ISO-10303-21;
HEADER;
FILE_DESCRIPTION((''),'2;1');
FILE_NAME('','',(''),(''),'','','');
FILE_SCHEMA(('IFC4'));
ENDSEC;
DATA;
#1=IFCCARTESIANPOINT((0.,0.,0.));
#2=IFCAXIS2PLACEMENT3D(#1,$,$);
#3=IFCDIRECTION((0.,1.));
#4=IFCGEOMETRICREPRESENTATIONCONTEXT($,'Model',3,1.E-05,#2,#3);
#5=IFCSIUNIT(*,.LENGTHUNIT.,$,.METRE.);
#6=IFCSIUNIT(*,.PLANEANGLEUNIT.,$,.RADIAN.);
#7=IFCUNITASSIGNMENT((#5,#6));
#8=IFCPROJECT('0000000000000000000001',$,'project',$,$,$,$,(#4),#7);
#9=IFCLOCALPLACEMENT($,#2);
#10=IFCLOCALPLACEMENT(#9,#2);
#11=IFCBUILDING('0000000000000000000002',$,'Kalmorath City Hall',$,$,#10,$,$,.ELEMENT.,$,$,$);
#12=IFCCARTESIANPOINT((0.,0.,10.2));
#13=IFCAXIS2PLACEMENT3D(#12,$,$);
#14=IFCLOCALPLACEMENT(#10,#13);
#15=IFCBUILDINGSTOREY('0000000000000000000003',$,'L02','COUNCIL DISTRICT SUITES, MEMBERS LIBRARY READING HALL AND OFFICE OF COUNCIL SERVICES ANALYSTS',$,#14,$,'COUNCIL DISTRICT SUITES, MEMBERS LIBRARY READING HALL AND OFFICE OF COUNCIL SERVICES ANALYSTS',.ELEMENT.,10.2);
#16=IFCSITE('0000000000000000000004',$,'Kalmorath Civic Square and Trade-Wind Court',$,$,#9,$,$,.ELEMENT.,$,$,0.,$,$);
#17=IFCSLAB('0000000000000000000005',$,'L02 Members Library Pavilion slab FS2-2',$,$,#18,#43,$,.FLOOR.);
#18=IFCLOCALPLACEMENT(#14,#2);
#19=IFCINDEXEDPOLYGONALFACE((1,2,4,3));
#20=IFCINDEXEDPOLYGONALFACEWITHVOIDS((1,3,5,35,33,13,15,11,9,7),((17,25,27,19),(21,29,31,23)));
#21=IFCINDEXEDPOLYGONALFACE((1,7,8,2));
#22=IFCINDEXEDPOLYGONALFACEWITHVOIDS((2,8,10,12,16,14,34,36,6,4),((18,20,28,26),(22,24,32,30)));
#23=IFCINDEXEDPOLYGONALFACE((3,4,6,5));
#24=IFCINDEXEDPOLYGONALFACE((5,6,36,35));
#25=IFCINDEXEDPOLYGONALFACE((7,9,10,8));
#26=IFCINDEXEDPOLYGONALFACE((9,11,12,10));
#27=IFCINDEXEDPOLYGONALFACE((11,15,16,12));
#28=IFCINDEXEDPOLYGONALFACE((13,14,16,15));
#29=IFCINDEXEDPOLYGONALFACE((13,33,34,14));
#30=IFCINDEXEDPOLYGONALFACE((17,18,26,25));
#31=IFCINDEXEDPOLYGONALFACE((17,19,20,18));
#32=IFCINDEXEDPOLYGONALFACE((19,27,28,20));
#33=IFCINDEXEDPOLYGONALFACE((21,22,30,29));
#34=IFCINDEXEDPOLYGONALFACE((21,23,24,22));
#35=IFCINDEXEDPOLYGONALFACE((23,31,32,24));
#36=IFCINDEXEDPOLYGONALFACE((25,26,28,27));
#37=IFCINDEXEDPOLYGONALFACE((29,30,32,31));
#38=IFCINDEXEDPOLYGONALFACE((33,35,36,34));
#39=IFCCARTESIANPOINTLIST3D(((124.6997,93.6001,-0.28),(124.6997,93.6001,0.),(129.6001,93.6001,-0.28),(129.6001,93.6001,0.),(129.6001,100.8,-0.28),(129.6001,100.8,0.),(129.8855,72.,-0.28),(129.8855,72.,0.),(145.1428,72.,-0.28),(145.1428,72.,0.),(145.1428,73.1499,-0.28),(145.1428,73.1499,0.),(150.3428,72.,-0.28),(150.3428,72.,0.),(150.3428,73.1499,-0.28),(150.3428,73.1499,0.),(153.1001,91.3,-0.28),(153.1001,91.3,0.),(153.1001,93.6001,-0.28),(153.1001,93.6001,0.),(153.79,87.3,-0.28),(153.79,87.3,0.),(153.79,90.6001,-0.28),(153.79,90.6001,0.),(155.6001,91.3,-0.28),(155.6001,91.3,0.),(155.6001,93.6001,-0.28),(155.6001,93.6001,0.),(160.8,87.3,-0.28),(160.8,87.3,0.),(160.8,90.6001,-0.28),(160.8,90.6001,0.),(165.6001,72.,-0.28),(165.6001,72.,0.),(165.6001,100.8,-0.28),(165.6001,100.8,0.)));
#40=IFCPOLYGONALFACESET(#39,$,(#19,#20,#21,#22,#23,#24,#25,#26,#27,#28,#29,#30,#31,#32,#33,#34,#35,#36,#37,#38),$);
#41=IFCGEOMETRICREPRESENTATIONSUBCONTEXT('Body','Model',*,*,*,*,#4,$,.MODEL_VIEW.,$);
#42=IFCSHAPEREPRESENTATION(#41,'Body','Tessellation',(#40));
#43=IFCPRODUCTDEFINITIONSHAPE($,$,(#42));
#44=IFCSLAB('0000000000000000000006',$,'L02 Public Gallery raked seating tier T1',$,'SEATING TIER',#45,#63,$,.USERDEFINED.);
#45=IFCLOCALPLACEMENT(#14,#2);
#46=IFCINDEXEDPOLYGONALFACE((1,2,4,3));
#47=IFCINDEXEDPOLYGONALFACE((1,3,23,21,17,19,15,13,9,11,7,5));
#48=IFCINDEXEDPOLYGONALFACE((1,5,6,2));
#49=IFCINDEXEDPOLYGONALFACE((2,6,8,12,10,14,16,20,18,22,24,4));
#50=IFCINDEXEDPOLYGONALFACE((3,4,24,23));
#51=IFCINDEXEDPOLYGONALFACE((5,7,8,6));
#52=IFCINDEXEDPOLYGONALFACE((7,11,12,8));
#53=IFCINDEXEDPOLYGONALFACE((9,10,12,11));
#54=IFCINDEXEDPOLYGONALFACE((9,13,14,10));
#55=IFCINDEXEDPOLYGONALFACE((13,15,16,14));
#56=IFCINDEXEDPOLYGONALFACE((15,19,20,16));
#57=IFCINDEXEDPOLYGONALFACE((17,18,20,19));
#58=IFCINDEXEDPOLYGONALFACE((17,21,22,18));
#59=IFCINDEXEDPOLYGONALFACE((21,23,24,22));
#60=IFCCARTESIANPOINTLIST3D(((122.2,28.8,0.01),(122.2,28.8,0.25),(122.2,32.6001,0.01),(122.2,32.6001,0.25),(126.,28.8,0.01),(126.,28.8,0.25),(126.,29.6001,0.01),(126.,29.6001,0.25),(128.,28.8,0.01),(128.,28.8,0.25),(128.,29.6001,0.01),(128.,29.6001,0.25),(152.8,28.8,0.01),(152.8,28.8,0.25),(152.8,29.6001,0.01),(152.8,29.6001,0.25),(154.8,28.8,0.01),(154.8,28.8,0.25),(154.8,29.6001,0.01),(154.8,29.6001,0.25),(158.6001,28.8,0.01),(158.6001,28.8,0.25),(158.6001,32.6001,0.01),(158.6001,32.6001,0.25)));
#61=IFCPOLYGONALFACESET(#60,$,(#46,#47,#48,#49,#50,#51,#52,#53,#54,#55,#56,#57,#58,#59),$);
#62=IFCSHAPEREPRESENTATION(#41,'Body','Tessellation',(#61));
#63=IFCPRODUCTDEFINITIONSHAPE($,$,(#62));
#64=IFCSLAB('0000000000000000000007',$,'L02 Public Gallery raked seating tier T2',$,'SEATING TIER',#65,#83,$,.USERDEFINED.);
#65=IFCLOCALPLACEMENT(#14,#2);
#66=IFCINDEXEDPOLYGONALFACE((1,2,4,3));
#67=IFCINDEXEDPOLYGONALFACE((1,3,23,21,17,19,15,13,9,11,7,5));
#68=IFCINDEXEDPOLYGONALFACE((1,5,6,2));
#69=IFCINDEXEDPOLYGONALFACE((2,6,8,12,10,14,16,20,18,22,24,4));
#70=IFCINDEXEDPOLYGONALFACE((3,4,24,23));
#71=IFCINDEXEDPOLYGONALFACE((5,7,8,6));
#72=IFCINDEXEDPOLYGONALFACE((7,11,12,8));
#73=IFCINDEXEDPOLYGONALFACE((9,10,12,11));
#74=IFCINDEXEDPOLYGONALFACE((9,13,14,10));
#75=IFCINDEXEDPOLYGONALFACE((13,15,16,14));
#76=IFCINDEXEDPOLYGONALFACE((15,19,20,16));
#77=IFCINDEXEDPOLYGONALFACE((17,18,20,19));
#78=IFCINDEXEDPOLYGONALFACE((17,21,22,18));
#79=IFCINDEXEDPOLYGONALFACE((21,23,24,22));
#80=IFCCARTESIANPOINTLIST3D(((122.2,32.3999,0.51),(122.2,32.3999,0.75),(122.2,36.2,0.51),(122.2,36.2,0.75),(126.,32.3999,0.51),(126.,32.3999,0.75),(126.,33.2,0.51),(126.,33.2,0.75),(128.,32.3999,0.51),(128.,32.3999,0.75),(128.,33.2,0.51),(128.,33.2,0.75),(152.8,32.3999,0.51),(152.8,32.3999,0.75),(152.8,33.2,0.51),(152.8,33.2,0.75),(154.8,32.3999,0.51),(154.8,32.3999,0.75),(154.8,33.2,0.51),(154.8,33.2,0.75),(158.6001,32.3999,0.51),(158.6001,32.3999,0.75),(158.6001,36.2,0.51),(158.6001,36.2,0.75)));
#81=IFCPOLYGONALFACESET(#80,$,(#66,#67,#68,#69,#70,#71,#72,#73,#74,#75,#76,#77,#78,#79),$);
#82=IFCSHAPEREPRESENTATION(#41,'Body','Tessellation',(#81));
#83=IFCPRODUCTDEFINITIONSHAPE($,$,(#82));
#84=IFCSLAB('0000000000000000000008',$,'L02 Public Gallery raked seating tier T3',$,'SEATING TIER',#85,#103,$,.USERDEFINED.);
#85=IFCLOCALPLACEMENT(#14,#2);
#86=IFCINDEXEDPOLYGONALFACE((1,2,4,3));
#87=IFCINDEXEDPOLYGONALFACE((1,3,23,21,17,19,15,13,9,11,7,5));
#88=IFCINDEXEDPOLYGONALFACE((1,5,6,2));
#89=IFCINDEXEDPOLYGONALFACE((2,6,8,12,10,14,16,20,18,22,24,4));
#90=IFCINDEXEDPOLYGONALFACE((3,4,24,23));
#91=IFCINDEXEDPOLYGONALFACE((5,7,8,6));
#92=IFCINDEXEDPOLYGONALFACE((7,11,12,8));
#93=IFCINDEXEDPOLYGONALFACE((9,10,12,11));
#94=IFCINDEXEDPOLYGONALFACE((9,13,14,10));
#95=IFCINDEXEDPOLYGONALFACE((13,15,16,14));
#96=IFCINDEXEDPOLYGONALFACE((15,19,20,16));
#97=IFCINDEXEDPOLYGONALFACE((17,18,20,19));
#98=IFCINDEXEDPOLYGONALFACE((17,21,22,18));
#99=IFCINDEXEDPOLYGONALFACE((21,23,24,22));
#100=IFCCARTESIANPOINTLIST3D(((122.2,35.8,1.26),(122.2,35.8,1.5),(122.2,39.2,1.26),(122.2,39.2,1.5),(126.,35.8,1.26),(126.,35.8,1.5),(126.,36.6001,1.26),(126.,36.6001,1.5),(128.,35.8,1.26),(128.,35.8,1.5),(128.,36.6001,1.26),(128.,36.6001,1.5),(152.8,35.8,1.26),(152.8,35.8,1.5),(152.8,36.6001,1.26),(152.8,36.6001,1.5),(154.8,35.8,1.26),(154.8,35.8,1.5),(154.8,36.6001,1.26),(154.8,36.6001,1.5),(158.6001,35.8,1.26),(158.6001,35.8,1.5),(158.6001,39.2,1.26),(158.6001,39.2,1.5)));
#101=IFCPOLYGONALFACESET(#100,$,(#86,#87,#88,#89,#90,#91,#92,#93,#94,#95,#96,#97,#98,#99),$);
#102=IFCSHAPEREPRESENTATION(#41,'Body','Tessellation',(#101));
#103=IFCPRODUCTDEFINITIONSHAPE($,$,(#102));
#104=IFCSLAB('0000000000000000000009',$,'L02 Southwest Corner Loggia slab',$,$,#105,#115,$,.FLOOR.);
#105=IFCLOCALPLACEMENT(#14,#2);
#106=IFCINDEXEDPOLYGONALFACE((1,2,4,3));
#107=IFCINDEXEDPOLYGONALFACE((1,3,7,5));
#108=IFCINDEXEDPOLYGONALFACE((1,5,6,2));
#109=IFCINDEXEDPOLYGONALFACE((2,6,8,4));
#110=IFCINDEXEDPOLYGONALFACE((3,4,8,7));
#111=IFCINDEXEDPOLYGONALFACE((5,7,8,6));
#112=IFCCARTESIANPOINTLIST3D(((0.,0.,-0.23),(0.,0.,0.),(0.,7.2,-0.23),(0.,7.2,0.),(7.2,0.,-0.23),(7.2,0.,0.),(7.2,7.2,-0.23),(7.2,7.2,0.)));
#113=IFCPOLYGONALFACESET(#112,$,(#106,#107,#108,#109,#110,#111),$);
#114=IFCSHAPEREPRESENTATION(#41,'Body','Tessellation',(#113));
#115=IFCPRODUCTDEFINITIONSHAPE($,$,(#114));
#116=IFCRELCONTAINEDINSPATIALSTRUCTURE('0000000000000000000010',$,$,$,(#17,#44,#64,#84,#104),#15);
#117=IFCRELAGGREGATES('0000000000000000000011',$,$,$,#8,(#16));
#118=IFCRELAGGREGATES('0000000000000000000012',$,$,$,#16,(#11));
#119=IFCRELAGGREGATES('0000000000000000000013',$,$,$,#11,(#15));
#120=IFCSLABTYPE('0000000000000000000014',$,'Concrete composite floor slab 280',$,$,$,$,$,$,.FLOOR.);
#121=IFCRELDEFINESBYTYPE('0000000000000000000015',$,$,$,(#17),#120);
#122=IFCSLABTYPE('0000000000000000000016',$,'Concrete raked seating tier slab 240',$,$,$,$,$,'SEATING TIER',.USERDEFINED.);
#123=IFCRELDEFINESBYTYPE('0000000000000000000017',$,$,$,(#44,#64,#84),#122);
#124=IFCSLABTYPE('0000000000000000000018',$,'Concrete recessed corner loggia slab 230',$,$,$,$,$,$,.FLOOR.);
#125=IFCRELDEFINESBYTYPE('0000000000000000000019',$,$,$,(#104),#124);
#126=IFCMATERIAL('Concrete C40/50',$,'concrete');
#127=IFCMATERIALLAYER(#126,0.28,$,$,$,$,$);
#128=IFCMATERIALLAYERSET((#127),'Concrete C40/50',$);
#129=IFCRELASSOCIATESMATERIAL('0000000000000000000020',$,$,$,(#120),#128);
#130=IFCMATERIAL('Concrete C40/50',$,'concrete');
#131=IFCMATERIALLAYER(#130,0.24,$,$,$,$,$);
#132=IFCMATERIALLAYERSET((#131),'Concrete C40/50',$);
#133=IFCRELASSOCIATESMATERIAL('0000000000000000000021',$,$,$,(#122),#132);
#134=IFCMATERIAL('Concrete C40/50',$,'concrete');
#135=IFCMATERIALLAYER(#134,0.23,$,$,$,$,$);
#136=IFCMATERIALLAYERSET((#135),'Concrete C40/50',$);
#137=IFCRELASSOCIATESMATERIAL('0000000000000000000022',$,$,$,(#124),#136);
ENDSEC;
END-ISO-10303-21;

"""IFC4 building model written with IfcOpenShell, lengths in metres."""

from ifc_helpers import new_model, si_unit, direction, frame, origin, place, context, subcontext, project, spatial, polyline, outline, extrude, material, layer, layer_set, type_object, element, save


model = new_model("IFC4")

# Units and contexts
model_context = context("Model", 3, precision=1e-05, world=origin(), true_north=direction((0.0, 1.0)))
body_context = subcontext(model_context, "Body", "Model", "MODEL_VIEW")
ifc_project = project(units=[si_unit("LENGTHUNIT", "METRE"), si_unit("PLANEANGLEUNIT", "RADIAN")], contexts=[model_context])

# Site, building, storey
site_placement = place(None, origin())
site = spatial("IfcSite", under=ifc_project, at=site_placement, Name="Kalmorath Civic Square and Trade-Wind Court", CompositionType="ELEMENT", RefElevation=0.0)
building_placement = place(site_placement, origin())
building = spatial("IfcBuilding", under=site, at=building_placement, Name="Kalmorath City Hall", CompositionType="ELEMENT")
storey_placement = place(building_placement, frame((0.0, 0.0, 10.2)))
storey = spatial("IfcBuildingStorey", under=building, at=storey_placement, Name="L02", Description="COUNCIL DISTRICT SUITES, MEMBERS LIBRARY READING HALL AND OFFICE OF COUNCIL SERVICES ANALYSTS", LongName="COUNCIL DISTRICT SUITES, MEMBERS LIBRARY READING HALL AND OFFICE OF COUNCIL SERVICES ANALYSTS", CompositionType="ELEMENT", Elevation=10.2)

# Shared definitions
ifc_material_1 = material(Name="Concrete C40/50", Category="concrete")
ifc_layer_1 = layer(ifc_material_1, 0.28)
ifc_layer_set_1 = layer_set([ifc_layer_1], Name="Concrete C40/50")
slab_type_1 = type_object("IfcSlabType", Name="Concrete composite floor slab 280", PredefinedType="FLOOR", material=ifc_layer_set_1)

# Slabs
slab_1_placement = place(storey_placement, frame((0.0, 0.0, -0.28)))
element("IfcSlab", 1, at=slab_1_placement, inside=storey, type_object=slab_type_1, Name="L02 Members Library Pavilion slab FS2-2", PredefinedType="FLOOR", context=body_context, shape_type="SweptSolid", body=[
    extrude(outline(polyline([(165.6001, 100.8), (165.6001, 72.0), (150.3428, 72.0), (150.3428, 73.1499), (145.1428, 73.1499), (145.1428, 72.0), (129.8855, 72.0), (124.6997, 93.6001), (129.6001, 93.6001), (129.6001, 100.8), (165.6001, 100.8)]), holes=[polyline([(153.79, 87.3), (160.8, 87.3), (160.8, 90.6001), (153.79, 90.6001), (153.79, 87.3)]), polyline([(153.1001, 93.6001), (153.1001, 91.3), (155.6001, 91.3), (155.6001, 93.6001), (153.1001, 93.6001)])]), origin(), (0.0, 0.0, 1.0), 0.28),
])
ifc_material_2 = material(Name="Concrete C40/50", Category="concrete")
ifc_layer_2 = layer(ifc_material_2, 0.24)
ifc_layer_set_2 = layer_set([ifc_layer_2], Name="Concrete C40/50")
slab_type_2 = type_object("IfcSlabType", Name="Concrete raked seating tier slab 240", ElementType="SEATING TIER", PredefinedType="USERDEFINED", material=ifc_layer_set_2)
slab_2_placement = place(storey_placement, frame((0.0, 0.0, 0.01)))
element("IfcSlab", 2, at=slab_2_placement, inside=storey, type_object=slab_type_2, Name="L02 Public Gallery raked seating tier T1", ObjectType="SEATING TIER", PredefinedType="USERDEFINED", context=body_context, shape_type="SweptSolid", body=[
    extrude(outline(polyline([(122.2, 28.8), (126.0, 28.8), (126.0, 29.6001), (128.0, 29.6001), (128.0, 28.8), (152.8, 28.8), (152.8, 29.6001), (154.8, 29.6001), (154.8, 28.8), (158.6001, 28.8), (158.6001, 32.6001), (122.2, 32.6001), (122.2, 28.8)])), origin(), (0.0, 0.0, 1.0), 0.24),
])
slab_3_placement = place(storey_placement, frame((0.0, 0.0, 0.51)))
element("IfcSlab", 3, at=slab_3_placement, inside=storey, type_object=slab_type_2, Name="L02 Public Gallery raked seating tier T2", ObjectType="SEATING TIER", PredefinedType="USERDEFINED", context=body_context, shape_type="SweptSolid", body=[
    extrude(outline(polyline([(122.2, 32.3999), (126.0, 32.3999), (126.0, 33.2), (128.0, 33.2), (128.0, 32.3999), (152.8, 32.3999), (152.8, 33.2), (154.8, 33.2), (154.8, 32.3999), (158.6001, 32.3999), (158.6001, 36.2), (122.2, 36.2), (122.2, 32.3999)])), origin(), (0.0, 0.0, 1.0), 0.24),
])
slab_4_placement = place(storey_placement, frame((0.0, 0.0, 1.26)))
element("IfcSlab", 4, at=slab_4_placement, inside=storey, type_object=slab_type_2, Name="L02 Public Gallery raked seating tier T3", ObjectType="SEATING TIER", PredefinedType="USERDEFINED", context=body_context, shape_type="SweptSolid", body=[
    extrude(outline(polyline([(122.2, 35.8), (126.0, 35.8), (126.0, 36.6001), (128.0, 36.6001), (128.0, 35.8), (152.8, 35.8), (152.8, 36.6001), (154.8, 36.6001), (154.8, 35.8), (158.6001, 35.8), (158.6001, 39.2), (122.2, 39.2), (122.2, 35.8)])), origin(), (0.0, 0.0, 1.0), 0.24),
])
ifc_material_3 = material(Name="Concrete C40/50", Category="concrete")
ifc_layer_3 = layer(ifc_material_3, 0.23)
ifc_layer_set_3 = layer_set([ifc_layer_3], Name="Concrete C40/50")
slab_type_3 = type_object("IfcSlabType", Name="Concrete recessed corner loggia slab 230", PredefinedType="FLOOR", material=ifc_layer_set_3)
slab_5_placement = place(storey_placement, frame((0.0, 0.0, -0.23)))
element("IfcSlab", 5, at=slab_5_placement, inside=storey, type_object=slab_type_3, Name="L02 Southwest Corner Loggia slab", PredefinedType="FLOOR", context=body_context, shape_type="SweptSolid", body=[
    extrude(outline(polyline([(0.0, 0.0), (7.2, 0.0), (7.2, 7.2), (0.0, 7.2), (0.0, 0.0)])), origin(), (0.0, 0.0, 1.0), 0.23),
])

save(model, "model.ifc")
